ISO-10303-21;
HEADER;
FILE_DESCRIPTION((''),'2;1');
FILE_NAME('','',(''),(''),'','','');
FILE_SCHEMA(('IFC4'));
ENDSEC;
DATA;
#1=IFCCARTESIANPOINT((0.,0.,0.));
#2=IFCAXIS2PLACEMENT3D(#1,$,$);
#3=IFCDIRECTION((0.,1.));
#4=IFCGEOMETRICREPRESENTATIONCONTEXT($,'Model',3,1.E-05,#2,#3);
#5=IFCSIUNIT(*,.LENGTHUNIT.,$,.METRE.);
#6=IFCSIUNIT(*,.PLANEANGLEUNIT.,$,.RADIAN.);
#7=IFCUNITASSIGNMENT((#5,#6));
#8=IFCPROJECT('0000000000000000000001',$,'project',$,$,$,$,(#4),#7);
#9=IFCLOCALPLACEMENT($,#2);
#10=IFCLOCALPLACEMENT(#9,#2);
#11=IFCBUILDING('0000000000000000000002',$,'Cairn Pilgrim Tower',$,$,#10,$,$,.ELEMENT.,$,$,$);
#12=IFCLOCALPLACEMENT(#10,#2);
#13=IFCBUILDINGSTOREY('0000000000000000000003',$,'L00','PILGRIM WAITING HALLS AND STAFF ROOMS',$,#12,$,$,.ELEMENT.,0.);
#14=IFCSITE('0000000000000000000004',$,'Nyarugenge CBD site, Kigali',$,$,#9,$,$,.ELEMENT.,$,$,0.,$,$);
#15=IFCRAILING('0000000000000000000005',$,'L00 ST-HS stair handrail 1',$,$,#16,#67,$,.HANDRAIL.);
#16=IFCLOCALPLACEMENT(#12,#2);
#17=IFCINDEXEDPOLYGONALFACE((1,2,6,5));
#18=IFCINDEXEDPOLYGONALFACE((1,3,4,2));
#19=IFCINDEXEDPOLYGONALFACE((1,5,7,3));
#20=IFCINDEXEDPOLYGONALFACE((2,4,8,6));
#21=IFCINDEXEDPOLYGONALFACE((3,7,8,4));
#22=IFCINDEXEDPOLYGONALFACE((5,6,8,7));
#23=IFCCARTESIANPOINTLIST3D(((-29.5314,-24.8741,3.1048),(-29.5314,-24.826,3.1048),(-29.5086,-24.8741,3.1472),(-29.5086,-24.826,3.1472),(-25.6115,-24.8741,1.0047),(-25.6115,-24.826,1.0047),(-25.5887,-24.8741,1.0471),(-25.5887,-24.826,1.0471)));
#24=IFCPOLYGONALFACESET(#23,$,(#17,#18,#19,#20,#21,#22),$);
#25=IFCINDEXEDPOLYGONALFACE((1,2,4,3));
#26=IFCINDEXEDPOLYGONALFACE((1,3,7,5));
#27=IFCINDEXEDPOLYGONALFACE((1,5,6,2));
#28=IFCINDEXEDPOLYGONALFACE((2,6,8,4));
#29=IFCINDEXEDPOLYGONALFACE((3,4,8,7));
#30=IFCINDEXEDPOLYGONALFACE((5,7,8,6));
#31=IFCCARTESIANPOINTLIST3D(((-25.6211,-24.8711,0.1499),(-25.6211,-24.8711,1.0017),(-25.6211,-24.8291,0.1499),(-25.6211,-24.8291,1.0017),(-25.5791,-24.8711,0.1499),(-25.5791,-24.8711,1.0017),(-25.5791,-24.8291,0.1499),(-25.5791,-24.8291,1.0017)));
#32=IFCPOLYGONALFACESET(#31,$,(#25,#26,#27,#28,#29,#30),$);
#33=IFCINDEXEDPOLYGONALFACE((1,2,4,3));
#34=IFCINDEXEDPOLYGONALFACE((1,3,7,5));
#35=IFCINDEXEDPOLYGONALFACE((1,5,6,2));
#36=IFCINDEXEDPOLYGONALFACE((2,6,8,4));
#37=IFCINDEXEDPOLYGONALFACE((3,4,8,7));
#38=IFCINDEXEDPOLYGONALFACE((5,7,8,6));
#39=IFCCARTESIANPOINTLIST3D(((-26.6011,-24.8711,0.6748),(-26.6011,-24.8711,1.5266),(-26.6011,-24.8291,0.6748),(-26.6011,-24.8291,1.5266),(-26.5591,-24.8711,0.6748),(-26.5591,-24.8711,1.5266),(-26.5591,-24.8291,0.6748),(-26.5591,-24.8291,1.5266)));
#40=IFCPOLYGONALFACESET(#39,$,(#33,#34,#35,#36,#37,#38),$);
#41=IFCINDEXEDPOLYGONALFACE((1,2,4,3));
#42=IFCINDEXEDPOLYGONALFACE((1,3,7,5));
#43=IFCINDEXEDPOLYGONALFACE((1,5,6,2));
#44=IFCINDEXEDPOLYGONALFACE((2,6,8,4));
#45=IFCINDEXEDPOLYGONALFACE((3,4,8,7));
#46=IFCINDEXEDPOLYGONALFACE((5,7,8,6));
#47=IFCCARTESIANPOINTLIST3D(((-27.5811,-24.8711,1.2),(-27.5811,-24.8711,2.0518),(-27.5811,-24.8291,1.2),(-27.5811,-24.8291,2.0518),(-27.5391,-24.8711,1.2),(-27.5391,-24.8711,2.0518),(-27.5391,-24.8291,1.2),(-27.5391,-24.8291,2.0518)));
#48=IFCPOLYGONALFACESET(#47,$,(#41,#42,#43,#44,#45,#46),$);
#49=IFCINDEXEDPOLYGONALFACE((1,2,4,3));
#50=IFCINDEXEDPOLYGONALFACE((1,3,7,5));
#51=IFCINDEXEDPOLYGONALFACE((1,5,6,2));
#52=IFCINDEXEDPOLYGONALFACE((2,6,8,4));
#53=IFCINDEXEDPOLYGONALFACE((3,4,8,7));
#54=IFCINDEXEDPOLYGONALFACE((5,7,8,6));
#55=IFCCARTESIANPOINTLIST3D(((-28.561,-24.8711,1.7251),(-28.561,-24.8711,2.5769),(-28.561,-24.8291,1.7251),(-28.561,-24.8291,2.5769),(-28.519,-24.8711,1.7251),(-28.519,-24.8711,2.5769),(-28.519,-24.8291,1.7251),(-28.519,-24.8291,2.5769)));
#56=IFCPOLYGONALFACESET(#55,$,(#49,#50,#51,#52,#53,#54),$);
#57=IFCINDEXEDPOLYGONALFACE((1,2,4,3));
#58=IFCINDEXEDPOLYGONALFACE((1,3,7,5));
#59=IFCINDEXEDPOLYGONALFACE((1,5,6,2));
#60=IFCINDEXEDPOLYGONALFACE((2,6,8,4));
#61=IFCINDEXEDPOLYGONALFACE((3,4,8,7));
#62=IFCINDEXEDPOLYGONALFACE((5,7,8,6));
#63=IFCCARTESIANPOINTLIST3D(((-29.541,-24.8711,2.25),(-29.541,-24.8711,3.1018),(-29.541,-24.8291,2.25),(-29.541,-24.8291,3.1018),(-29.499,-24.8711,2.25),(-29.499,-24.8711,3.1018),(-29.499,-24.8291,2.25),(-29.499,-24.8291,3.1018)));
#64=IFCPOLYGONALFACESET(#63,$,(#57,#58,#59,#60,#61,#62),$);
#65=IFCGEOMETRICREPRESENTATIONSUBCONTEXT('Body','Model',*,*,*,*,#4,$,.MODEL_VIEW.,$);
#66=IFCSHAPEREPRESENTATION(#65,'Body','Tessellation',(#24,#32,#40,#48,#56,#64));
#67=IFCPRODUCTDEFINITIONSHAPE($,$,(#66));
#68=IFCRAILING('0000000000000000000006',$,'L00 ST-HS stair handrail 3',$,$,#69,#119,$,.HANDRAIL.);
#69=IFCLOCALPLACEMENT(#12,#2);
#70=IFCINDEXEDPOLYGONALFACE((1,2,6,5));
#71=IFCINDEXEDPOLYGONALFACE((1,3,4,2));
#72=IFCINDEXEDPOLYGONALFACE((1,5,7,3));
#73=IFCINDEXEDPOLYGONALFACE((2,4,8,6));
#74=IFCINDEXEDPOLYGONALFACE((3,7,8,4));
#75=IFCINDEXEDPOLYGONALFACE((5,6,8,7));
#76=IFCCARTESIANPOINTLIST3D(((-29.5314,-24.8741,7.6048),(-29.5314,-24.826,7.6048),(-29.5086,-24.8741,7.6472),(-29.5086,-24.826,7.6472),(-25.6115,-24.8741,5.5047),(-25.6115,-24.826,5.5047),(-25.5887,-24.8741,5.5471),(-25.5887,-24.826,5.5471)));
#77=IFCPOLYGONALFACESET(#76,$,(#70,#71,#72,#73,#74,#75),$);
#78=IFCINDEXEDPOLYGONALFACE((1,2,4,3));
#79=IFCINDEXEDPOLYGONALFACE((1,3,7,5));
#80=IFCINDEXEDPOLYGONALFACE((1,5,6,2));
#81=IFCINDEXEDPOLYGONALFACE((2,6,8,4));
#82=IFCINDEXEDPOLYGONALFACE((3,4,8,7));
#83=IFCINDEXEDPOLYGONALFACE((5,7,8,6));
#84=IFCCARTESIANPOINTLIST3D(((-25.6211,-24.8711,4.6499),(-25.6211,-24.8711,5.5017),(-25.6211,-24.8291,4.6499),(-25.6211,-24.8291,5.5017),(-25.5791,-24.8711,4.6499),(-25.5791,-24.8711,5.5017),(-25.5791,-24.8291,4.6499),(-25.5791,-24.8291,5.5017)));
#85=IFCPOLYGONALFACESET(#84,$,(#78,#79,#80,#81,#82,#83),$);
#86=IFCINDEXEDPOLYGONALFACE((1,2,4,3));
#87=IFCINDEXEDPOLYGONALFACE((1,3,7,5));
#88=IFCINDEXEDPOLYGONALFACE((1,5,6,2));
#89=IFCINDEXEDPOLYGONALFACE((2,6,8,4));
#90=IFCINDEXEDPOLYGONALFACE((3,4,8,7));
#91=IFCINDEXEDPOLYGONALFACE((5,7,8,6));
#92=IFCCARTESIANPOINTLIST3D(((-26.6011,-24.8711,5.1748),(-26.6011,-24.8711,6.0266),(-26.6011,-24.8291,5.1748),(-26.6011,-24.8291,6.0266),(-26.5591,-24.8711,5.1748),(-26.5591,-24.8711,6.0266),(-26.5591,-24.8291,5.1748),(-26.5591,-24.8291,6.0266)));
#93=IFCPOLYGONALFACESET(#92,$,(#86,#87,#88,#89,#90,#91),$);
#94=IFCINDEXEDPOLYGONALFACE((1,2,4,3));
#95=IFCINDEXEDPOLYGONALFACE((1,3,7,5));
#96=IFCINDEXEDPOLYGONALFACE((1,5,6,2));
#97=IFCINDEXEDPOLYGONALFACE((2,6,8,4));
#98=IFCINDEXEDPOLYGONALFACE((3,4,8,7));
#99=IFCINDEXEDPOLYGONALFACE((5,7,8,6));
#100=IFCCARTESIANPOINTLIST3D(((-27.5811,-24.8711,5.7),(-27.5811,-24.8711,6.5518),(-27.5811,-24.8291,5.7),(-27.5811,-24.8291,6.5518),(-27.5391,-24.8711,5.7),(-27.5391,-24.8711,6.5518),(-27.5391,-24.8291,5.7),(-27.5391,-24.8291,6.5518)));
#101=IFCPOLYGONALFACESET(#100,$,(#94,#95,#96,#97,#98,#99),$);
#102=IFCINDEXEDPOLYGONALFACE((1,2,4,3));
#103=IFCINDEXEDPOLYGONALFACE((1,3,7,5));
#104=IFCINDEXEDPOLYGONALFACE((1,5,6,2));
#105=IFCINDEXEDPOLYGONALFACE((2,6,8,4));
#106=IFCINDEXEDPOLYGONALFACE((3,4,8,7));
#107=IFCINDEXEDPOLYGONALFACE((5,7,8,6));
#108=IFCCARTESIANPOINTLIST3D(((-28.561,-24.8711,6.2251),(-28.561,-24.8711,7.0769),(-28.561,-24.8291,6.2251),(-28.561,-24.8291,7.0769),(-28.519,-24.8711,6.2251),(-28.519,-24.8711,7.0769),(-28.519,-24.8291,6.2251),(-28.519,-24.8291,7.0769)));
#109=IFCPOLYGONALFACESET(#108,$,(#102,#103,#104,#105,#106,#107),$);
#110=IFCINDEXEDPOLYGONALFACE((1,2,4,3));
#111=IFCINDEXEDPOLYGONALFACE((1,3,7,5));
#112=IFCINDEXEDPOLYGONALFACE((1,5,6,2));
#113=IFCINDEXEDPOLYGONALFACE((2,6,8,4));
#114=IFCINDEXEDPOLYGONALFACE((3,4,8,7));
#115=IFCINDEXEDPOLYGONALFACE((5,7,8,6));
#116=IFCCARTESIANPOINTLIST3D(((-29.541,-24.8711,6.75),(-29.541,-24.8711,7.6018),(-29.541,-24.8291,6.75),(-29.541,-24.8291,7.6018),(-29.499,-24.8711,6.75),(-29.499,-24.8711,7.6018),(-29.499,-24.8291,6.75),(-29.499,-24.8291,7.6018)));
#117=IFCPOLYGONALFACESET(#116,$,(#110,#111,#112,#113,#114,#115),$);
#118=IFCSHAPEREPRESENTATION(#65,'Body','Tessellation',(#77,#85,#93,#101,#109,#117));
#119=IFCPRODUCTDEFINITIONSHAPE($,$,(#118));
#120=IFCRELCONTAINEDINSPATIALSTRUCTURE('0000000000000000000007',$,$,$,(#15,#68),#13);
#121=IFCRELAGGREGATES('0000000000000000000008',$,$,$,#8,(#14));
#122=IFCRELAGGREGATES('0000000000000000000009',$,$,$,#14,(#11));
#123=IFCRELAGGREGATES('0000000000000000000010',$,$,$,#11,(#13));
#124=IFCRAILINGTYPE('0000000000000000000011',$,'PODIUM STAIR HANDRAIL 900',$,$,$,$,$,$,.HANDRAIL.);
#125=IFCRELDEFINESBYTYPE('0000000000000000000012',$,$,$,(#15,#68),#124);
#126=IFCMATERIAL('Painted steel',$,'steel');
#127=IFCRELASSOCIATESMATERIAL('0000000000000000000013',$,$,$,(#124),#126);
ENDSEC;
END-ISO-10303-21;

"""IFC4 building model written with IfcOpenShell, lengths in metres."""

from ifc_helpers import new_model, si_unit, direction, frame, origin, origin_2d, place, context, subcontext, project, spatial, rectangle, extrude, material, type_object, element, save


model = new_model("IFC4")

# Units and contexts
model_context = context("Model", 3, precision=1e-05, world=origin(), true_north=direction((0.0, 1.0)))
body_context = subcontext(model_context, "Body", "Model", "MODEL_VIEW")
ifc_project = project(units=[si_unit("LENGTHUNIT", "METRE"), si_unit("PLANEANGLEUNIT", "RADIAN")], contexts=[model_context])

# Site, building, storey
site_placement = place(None, origin())
site = spatial("IfcSite", under=ifc_project, at=site_placement, Name="Nyarugenge CBD site, Kigali", CompositionType="ELEMENT", RefElevation=0.0)
building_placement = place(site_placement, origin())
building = spatial("IfcBuilding", under=site, at=building_placement, Name="Cairn Pilgrim Tower", CompositionType="ELEMENT")
storey_placement = place(building_placement, origin())
storey = spatial("IfcBuildingStorey", under=building, at=storey_placement, Name="L00", Description="PILGRIM WAITING HALLS AND STAFF ROOMS", CompositionType="ELEMENT", Elevation=0.0)

# Shared definitions
ifc_material_1 = material(Name="Painted steel", Category="steel")

# Railings
railing_type_1 = type_object("IfcRailingType", Name="PODIUM STAIR HANDRAIL 900", PredefinedType="HANDRAIL", material=ifc_material_1)
for number, where, name in (
    (1, (-25.6001, -24.8501, 0.1499), "L00 ST-HS stair handrail 1"),
    (2, (-25.6001, -24.8501, 4.6499), "L00 ST-HS stair handrail 3"),
):
    element("IfcRailing", number, at=place(storey_placement, frame(where)), inside=storey, type_object=railing_type_1, Name=name, PredefinedType="HANDRAIL", context=body_context, shape_type="SweptSolid", body=[
        extrude(rectangle(XDim=0.0481, YDim=0.0481, at=origin_2d()), frame((0.0, 0.0, 0.876), z_axis=(-0.881467, 0.0, 0.472246), x_axis=(0.0, -1.0, 0.0)), (0.0, 0.0, 1.0), 4.447),
        extrude(rectangle(XDim=0.042, YDim=0.042, at=origin_2d()), origin(), (0.0, 0.0, 1.0), 0.8518),
        extrude(rectangle(XDim=0.042, YDim=0.042, at=origin_2d()), frame((-0.98, 0.0, 0.5249)), (0.0, 0.0, 1.0), 0.8518),
        extrude(rectangle(XDim=0.042, YDim=0.042, at=origin_2d()), frame((-1.96, 0.0, 1.05)), (0.0, 0.0, 1.0), 0.8518),
        extrude(rectangle(XDim=0.042, YDim=0.042, at=origin_2d()), frame((-2.9399, 0.0, 1.5752)), (0.0, 0.0, 1.0), 0.8518),
        extrude(rectangle(XDim=0.042, YDim=0.042, at=origin_2d()), frame((-3.9199, 0.0, 2.1001)), (0.0, 0.0, 1.0), 0.8518),
    ])

save(model, "model.ifc")
